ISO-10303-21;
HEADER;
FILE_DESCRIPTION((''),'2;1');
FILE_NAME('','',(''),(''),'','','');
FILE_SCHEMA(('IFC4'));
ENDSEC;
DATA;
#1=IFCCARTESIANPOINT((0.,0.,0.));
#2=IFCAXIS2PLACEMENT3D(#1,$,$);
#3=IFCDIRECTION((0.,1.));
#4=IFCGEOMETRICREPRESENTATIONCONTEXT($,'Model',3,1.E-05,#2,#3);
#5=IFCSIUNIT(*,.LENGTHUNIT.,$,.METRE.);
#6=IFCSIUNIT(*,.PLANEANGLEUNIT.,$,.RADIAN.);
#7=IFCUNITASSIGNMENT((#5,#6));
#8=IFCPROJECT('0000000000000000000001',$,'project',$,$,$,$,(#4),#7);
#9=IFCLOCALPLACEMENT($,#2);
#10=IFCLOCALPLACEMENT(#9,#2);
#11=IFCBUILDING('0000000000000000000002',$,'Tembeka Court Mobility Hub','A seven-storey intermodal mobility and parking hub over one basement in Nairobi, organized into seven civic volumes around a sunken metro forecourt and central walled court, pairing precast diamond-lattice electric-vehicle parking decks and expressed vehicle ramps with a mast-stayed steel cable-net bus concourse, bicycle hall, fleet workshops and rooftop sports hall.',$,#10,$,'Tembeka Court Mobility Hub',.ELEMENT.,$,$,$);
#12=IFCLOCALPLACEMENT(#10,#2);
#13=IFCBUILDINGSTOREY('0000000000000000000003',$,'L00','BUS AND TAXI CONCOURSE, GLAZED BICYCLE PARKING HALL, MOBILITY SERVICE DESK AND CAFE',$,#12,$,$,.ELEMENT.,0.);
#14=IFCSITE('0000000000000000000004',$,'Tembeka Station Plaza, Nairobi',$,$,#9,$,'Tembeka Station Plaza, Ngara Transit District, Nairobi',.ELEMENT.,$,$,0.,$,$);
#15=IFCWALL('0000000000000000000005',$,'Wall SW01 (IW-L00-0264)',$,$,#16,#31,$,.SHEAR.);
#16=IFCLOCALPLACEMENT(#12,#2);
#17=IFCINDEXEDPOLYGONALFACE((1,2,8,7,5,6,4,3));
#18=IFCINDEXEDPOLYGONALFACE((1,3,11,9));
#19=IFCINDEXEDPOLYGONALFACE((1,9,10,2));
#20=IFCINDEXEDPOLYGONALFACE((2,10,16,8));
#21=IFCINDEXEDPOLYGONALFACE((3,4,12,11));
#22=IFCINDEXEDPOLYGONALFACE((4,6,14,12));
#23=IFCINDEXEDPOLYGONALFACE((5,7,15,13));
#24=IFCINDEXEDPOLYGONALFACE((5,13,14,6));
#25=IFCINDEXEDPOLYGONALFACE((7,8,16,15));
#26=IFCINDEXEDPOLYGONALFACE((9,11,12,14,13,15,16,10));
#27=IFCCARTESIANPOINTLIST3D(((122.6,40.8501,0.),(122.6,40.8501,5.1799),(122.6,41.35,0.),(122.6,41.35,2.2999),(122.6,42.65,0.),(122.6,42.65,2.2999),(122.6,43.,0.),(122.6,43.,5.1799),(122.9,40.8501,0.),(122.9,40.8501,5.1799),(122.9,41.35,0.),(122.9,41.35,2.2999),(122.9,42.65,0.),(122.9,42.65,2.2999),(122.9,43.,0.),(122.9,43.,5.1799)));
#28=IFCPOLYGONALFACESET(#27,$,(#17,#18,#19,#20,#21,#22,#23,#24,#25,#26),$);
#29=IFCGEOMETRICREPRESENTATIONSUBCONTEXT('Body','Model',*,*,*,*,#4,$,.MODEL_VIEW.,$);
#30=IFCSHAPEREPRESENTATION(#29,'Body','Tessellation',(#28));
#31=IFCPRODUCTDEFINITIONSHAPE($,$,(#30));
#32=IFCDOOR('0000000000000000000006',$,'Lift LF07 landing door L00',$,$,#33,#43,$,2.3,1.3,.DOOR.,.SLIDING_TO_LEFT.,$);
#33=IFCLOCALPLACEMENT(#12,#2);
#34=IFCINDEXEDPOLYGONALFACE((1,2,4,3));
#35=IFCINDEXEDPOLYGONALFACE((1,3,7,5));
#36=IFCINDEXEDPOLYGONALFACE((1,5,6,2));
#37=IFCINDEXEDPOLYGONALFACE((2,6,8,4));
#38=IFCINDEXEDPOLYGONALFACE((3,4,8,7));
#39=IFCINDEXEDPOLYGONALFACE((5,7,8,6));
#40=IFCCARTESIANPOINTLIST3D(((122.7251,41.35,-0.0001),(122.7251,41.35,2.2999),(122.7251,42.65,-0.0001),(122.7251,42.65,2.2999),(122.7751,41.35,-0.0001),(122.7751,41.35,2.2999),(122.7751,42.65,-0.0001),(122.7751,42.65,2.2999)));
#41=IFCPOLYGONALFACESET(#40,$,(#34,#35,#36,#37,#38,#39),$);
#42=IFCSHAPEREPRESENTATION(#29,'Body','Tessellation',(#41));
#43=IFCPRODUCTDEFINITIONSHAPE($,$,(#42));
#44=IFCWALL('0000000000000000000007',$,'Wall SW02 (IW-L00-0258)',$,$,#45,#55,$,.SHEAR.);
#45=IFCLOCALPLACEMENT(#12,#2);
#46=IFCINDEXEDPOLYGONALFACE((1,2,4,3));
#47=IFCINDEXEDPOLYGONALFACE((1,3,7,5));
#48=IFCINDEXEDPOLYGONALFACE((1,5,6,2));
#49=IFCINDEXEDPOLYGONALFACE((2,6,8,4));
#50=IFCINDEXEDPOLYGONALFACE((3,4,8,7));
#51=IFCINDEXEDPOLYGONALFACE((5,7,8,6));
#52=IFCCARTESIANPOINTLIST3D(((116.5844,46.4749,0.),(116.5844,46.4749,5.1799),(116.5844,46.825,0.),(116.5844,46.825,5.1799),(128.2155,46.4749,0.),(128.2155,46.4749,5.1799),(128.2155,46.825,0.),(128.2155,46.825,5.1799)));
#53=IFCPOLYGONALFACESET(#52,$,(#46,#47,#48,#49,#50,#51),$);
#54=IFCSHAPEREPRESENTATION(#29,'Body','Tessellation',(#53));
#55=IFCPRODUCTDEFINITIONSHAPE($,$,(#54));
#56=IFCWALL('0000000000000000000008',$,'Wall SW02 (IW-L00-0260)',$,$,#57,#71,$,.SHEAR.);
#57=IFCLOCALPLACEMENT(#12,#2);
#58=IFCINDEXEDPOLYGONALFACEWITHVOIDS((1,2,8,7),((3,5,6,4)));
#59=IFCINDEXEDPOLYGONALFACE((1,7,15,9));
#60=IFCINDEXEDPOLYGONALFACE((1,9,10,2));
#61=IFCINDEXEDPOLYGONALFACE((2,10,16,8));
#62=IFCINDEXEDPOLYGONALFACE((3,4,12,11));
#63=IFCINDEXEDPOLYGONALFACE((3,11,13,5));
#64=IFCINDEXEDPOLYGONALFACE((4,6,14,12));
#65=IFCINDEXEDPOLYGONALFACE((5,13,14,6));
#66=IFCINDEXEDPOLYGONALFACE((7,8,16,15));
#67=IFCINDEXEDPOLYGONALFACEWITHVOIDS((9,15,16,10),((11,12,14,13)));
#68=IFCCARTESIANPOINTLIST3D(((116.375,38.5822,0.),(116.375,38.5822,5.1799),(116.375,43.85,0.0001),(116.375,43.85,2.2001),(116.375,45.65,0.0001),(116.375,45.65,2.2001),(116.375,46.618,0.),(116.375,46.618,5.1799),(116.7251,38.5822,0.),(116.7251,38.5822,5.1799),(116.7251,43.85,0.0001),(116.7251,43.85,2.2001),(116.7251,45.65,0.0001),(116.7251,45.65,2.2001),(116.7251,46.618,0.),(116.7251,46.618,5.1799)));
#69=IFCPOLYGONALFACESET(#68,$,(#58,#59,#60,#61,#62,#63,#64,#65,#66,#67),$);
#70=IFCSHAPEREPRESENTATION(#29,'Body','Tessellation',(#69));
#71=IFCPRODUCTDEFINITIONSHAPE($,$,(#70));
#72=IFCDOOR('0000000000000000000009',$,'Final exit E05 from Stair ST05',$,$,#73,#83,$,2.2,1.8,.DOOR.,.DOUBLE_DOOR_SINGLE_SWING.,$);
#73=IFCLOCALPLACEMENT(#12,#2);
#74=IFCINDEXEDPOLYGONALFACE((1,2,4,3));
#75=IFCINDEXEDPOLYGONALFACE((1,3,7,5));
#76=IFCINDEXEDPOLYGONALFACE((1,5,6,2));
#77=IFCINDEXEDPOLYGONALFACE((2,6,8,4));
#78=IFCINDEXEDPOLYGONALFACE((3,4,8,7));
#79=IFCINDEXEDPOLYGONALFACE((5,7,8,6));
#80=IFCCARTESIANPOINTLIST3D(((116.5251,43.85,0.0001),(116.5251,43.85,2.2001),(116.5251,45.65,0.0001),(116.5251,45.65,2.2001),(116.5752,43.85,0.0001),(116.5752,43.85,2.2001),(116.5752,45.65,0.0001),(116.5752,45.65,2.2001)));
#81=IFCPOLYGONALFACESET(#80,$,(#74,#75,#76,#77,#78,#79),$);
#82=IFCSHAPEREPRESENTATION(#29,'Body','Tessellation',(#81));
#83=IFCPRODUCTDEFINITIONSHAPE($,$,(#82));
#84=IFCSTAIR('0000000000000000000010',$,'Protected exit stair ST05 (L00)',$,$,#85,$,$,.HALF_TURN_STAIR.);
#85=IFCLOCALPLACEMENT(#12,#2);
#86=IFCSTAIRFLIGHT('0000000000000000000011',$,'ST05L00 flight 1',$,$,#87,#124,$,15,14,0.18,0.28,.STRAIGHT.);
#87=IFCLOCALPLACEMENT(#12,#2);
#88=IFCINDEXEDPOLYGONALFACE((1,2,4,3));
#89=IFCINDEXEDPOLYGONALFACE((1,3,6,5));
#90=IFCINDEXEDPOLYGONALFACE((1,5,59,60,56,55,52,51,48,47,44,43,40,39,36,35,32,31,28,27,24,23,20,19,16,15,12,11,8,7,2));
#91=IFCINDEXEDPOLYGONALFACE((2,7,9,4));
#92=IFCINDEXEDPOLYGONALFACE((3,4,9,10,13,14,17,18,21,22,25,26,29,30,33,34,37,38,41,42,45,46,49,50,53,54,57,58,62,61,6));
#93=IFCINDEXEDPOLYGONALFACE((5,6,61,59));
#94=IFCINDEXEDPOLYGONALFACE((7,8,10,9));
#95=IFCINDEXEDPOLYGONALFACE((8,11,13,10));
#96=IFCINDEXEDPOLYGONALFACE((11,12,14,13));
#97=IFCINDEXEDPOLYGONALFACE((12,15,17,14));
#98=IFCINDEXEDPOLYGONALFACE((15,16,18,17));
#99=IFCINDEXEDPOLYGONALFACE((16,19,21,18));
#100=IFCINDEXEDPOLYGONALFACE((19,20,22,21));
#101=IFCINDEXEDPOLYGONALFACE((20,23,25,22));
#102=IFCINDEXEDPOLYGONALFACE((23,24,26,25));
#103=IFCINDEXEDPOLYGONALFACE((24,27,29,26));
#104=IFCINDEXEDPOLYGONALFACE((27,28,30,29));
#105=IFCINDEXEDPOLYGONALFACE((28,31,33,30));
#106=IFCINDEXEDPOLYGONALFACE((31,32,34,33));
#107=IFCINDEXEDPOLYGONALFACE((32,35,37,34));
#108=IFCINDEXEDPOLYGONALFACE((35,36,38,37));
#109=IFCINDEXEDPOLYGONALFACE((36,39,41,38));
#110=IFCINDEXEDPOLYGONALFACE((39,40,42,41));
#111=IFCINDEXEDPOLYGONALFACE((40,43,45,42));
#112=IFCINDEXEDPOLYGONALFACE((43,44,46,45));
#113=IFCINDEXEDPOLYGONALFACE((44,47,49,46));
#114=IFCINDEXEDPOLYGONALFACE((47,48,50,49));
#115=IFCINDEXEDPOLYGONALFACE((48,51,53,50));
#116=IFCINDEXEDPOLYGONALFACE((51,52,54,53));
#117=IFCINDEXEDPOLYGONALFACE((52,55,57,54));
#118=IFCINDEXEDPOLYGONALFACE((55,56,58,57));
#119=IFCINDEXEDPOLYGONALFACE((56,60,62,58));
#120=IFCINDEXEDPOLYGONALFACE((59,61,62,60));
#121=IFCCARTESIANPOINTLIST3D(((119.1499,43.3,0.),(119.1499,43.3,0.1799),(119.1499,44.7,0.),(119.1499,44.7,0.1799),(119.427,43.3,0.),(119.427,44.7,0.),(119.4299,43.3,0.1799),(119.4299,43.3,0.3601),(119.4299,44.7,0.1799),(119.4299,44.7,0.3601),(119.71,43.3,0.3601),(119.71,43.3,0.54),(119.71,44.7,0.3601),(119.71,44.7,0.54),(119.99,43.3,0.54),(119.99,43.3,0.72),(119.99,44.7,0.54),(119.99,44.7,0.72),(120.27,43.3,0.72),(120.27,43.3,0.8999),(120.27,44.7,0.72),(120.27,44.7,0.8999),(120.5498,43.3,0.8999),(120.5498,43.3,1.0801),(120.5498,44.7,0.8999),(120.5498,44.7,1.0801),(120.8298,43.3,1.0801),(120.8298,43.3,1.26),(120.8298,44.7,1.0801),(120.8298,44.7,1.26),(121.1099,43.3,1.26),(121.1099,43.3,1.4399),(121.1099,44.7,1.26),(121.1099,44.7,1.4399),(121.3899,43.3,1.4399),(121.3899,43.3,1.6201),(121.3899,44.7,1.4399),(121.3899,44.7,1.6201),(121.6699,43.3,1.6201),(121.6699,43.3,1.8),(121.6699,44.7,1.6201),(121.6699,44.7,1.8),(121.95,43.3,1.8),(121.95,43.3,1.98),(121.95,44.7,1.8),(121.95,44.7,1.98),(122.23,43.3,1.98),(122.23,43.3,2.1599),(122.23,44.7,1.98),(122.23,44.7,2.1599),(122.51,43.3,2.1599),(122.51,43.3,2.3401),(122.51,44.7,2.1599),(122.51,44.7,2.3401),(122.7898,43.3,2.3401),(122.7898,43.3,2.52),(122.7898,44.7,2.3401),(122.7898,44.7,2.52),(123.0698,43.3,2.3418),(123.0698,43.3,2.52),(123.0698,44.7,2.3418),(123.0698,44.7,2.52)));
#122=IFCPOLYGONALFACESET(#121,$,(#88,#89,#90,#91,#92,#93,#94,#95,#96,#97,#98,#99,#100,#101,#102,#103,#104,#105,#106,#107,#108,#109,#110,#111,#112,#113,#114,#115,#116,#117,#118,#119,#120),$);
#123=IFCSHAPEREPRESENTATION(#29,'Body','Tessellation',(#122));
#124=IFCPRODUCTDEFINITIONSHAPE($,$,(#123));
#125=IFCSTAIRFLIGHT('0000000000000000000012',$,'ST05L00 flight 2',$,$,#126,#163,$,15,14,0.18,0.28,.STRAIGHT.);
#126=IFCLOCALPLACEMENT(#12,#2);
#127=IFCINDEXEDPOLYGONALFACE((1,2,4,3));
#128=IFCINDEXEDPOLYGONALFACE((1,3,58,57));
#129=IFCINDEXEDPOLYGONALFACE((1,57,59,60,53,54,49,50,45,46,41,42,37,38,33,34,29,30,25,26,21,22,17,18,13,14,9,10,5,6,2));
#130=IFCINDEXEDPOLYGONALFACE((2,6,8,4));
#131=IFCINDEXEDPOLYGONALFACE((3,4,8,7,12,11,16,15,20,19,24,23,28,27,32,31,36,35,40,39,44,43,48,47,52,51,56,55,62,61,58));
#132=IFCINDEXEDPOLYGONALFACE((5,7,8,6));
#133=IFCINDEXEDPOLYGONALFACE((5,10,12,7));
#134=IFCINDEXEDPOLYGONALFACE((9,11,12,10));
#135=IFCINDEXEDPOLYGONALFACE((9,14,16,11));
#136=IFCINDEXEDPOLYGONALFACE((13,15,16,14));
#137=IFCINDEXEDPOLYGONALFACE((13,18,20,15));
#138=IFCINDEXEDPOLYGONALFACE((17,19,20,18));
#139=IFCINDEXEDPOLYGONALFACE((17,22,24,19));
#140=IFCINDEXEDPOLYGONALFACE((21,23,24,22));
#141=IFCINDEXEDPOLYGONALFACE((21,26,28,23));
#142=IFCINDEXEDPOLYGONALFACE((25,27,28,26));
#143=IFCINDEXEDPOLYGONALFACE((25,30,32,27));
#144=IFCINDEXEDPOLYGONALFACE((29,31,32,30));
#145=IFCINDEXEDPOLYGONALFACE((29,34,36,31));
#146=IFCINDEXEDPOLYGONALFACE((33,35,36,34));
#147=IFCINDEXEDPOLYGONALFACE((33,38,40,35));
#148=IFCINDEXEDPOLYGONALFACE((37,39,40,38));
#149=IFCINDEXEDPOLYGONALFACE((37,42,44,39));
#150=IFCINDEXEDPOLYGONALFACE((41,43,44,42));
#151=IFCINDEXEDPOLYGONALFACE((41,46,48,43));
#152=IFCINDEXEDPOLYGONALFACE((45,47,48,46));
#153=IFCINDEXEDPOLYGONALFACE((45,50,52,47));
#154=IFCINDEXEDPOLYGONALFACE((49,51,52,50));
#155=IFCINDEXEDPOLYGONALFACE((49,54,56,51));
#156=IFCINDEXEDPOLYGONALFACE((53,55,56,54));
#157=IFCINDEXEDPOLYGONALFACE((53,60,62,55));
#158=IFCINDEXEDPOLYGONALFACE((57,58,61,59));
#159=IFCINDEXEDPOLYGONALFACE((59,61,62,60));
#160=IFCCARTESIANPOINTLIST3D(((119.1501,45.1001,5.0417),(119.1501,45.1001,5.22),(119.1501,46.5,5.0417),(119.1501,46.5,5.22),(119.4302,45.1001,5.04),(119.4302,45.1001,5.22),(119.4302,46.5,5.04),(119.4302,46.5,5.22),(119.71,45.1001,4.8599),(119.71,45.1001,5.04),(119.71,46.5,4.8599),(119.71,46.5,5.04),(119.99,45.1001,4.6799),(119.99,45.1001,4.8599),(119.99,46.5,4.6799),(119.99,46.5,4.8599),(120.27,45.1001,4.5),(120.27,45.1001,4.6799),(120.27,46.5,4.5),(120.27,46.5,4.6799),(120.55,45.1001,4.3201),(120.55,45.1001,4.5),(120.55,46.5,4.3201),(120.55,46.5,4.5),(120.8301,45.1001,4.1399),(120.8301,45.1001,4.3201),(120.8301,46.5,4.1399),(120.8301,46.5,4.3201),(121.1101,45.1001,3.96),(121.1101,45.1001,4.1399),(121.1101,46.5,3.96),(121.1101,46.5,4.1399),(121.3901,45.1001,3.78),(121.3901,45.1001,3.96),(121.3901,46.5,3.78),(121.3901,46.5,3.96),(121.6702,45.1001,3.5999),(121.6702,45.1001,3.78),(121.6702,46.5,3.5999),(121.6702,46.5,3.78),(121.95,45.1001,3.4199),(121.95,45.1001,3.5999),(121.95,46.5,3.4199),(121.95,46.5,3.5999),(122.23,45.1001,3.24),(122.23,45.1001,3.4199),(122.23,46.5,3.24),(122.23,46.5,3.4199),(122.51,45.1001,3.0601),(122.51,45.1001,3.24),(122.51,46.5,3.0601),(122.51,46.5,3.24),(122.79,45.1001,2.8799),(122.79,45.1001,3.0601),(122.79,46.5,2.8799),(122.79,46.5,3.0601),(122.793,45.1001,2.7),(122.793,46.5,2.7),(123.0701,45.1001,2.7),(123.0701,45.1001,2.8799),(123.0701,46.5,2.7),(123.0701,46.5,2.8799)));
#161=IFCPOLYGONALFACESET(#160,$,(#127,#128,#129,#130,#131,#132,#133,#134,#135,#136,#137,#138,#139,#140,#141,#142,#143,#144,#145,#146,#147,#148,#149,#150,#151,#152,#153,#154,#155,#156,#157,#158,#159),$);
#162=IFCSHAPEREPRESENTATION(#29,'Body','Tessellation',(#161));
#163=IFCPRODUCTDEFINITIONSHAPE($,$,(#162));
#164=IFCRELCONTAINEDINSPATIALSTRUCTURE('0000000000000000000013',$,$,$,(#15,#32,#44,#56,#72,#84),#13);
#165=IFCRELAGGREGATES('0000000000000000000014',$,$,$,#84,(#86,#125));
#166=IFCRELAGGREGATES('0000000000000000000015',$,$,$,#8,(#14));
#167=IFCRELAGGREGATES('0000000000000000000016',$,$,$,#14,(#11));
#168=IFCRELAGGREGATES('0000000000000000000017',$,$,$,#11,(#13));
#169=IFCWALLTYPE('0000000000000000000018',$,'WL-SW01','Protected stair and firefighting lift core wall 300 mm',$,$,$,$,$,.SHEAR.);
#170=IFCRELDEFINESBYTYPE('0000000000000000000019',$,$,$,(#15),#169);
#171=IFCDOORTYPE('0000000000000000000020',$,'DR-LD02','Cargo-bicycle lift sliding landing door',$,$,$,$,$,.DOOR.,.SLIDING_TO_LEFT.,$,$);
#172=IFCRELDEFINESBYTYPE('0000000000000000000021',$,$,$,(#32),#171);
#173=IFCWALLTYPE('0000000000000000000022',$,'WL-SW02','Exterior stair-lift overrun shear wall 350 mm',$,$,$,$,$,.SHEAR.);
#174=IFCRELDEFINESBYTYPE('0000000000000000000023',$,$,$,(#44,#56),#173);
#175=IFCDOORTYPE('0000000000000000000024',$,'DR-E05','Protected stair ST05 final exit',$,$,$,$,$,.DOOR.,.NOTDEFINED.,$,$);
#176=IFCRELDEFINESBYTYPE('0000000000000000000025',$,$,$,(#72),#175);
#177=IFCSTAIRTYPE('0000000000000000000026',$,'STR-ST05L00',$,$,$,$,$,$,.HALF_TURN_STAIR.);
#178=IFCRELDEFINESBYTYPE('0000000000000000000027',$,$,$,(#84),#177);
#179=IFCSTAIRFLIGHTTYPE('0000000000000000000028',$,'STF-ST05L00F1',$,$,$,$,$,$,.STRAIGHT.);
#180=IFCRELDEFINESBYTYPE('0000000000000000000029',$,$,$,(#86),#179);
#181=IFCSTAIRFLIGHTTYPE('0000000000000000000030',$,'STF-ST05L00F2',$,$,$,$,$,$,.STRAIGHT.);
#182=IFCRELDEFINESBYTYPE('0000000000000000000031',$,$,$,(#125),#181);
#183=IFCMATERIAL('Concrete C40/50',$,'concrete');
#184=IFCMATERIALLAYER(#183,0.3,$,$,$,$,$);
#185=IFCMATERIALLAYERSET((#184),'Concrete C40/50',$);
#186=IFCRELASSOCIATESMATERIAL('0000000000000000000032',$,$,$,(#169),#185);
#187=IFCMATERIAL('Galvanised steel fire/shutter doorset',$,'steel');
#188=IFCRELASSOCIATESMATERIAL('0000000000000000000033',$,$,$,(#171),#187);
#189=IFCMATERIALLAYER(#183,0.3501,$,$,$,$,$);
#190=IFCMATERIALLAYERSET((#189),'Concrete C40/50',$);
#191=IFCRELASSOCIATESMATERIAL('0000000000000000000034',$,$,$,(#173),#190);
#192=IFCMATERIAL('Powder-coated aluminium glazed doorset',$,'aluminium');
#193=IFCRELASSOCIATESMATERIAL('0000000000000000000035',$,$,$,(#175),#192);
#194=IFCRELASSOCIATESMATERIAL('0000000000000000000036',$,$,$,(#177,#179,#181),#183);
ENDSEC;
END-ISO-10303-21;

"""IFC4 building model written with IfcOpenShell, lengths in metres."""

from ifc_helpers import new_model, si_unit, direction, frame, frame_2d, origin, place, context, subcontext, project, spatial, polyline, rectangle, outline, extrude, material, layer, layer_set, type_object, element, fill, aggregate, save


model = new_model("IFC4")

# Units and contexts
model_context = context("Model", 3, precision=1e-05, world=origin(), true_north=direction((0.0, 1.0)))
body_context = subcontext(model_context, "Body", "Model", "MODEL_VIEW")
ifc_project = project(units=[si_unit("LENGTHUNIT", "METRE"), si_unit("PLANEANGLEUNIT", "RADIAN")], contexts=[model_context])

# Site, building, storey
site_placement = place(None, origin())
site = spatial("IfcSite", under=ifc_project, at=site_placement, Name="Tembeka Station Plaza, Nairobi", LongName="Tembeka Station Plaza, Ngara Transit District, Nairobi", CompositionType="ELEMENT", RefElevation=0.0)
building_placement = place(site_placement, origin())
building = spatial("IfcBuilding", under=site, at=building_placement, Name="Tembeka Court Mobility Hub", Description="A seven-storey intermodal mobility and parking hub over one basement in Nairobi, organized into seven civic volumes around a sunken metro forecourt and central walled court, pairing precast diamond-lattice electric-vehicle parking decks and expressed vehicle ramps with a mast-stayed steel cable-net bus concourse, bicycle hall, fleet workshops and rooftop sports hall.", LongName="Tembeka Court Mobility Hub", CompositionType="ELEMENT")
storey_placement = place(building_placement, origin())
storey = spatial("IfcBuildingStorey", under=building, at=storey_placement, Name="L00", Description="BUS AND TAXI CONCOURSE, GLAZED BICYCLE PARKING HALL, MOBILITY SERVICE DESK AND CAFE", CompositionType="ELEMENT", Elevation=0.0)

# Shared definitions
ifc_material_1 = material(Name="Concrete C40/50", Category="concrete")

# Wall, opening, door
ifc_layer_1 = layer(ifc_material_1, 0.3)
ifc_layer_set_1 = layer_set([ifc_layer_1], Name="Concrete C40/50")
wall_type_1 = type_object("IfcWallType", Name="WL-SW01", Description="Protected stair and firefighting lift core wall 300 mm", PredefinedType="SHEAR", material=ifc_layer_set_1)
ifc_material_2 = material(Name="Galvanised steel fire/shutter doorset", Category="steel")
wall_1_placement = place(storey_placement, frame((122.75, 40.8501, 0.0), z_axis=(0.0, 0.0, 1.0), x_axis=(0.0, 1.0, 0.0)))
wall_1 = element("IfcWall", 1, at=wall_1_placement, inside=storey, type_object=wall_type_1, Name="Wall SW01 (IW-L00-0264)", PredefinedType="SHEAR", context=body_context, shape_type="SweptSolid", body=[
    extrude(rectangle(XDim=2.1499, YDim=0.3, at=frame_2d((1.075, 0.0))), origin(), (0.0, 0.0, 1.0), 5.1799),
])
opening_1_placement = place(wall_1_placement, frame((0.5, 0.0, 0.0)))
opening_1 = element("IfcOpeningElement", 2, at=opening_1_placement, cuts=wall_1, PredefinedType="OPENING", context=body_context, shape_type="SweptSolid", body=[
    extrude(rectangle(XDim=1.3, YDim=2.3, at=frame_2d((0.6499, 1.1499))), frame((0.0, 0.1602, 0.0), z_axis=(0.0, -1.0, 0.0), x_axis=(1.0, 0.0, 0.0)), (0.0, 0.0, 1.0), 0.3201),
])
door_type_1 = type_object("IfcDoorType", Name="DR-LD02", Description="Cargo-bicycle lift sliding landing door", OperationType="SLIDING_TO_LEFT", PredefinedType="DOOR", material=ifc_material_2)
door_1_placement = place(opening_1_placement, origin())
door_1 = element("IfcDoor", 3, at=door_1_placement, inside=storey, type_object=door_type_1, Name="Lift LF07 landing door L00", OperationType="SLIDING_TO_LEFT", OverallHeight=2.3, OverallWidth=1.3, PredefinedType="DOOR", context=body_context, shape_type="SweptSolid", body=[
    extrude(rectangle(XDim=1.3, YDim=2.3, at=frame_2d((0.6499, 1.1499))), frame((0.0, 0.0249, 0.0), z_axis=(0.0, -1.0, 0.0), x_axis=(1.0, 0.0, 0.0)), (0.0, 0.0, 1.0), 0.05),
])
fill(opening_1, door_1)

# Wall
ifc_layer_2 = layer(ifc_material_1, 0.3501)
ifc_layer_set_2 = layer_set([ifc_layer_2], Name="Concrete C40/50")
wall_type_2 = type_object("IfcWallType", Name="WL-SW02", Description="Exterior stair-lift overrun shear wall 350 mm", PredefinedType="SHEAR", material=ifc_layer_set_2)
wall_2_placement = place(storey_placement, frame((116.5845, 46.6499, 0.0), z_axis=(0.0, 0.0, 1.0), x_axis=(1.0, 0.0, 0.0)))
element("IfcWall", 4, at=wall_2_placement, inside=storey, type_object=wall_type_2, Name="Wall SW02 (IW-L00-0258)", PredefinedType="SHEAR", context=body_context, shape_type="SweptSolid", body=[
    extrude(rectangle(XDim=11.6311, YDim=0.3501, at=frame_2d((5.8154, 0.0))), origin(), (0.0, 0.0, 1.0), 5.1799),
])

# Wall, opening, door
wall_3_placement = place(storey_placement, frame((116.55, 38.582, 0.0), z_axis=(0.0, 0.0, 1.0), x_axis=(0.0, 1.0, 0.0)))
wall_3 = element("IfcWall", 5, at=wall_3_placement, inside=storey, type_object=wall_type_2, Name="Wall SW02 (IW-L00-0260)", PredefinedType="SHEAR", context=body_context, shape_type="SweptSolid", body=[
    extrude(rectangle(XDim=8.0359, YDim=0.3501, at=frame_2d((4.0181, 0.0))), origin(), (0.0, 0.0, 1.0), 5.1799),
])
opening_2_placement = place(wall_3_placement, frame((5.2681, 0.0, 0.0)))
opening_2 = element("IfcOpeningElement", 6, at=opening_2_placement, cuts=wall_3, PredefinedType="OPENING", context=body_context, shape_type="SweptSolid", body=[
    extrude(rectangle(XDim=1.8, YDim=2.2, at=frame_2d((0.8999, 1.1001))), frame((0.0, 0.1851, 0.0), z_axis=(0.0, -1.0, 0.0), x_axis=(1.0, 0.0, 0.0)), (0.0, 0.0, 1.0), 0.3701),
])
ifc_material_3 = material(Name="Powder-coated aluminium glazed doorset", Category="aluminium")
door_type_2 = type_object("IfcDoorType", Name="DR-E05", Description="Protected stair ST05 final exit", OperationType="NOTDEFINED", PredefinedType="DOOR", material=ifc_material_3)
door_2_placement = place(opening_2_placement, origin())
door_2 = element("IfcDoor", 7, at=door_2_placement, inside=storey, type_object=door_type_2, Name="Final exit E05 from Stair ST05", OperationType="DOUBLE_DOOR_SINGLE_SWING", OverallHeight=2.2, OverallWidth=1.8, PredefinedType="DOOR", context=body_context, shape_type="SweptSolid", body=[
    extrude(rectangle(XDim=1.8, YDim=2.2, at=frame_2d((0.8999, 1.1001))), frame((0.0, 0.0249, 0.0), z_axis=(0.0, -1.0, 0.0), x_axis=(1.0, 0.0, 0.0)), (0.0, 0.0, 1.0), 0.05),
])
fill(opening_2, door_2)

# Stair, stair flights
stair_type = type_object("IfcStairType", Name="STR-ST05L00", PredefinedType="HALF_TURN_STAIR", material=ifc_material_1)
stair_placement = place(storey_placement, origin())
stair = element("IfcStair", 8, at=stair_placement, inside=storey, type_object=stair_type, Name="Protected exit stair ST05 (L00)", PredefinedType="HALF_TURN_STAIR")
stair_flight_type_1 = type_object("IfcStairFlightType", Name="STF-ST05L00F1", PredefinedType="STRAIGHT", material=ifc_material_1)
stair_flight_1_placement = place(storey_placement, frame((119.1499, 44.0, 0.0), z_axis=(0.0, 0.0, 1.0), x_axis=(1.0, 0.0, 0.0)))
stair_flight_1 = element("IfcStairFlight", 9, at=stair_flight_1_placement, type_object=stair_flight_type_1, Name="ST05L00 flight 1", NumberOfRisers=15, NumberOfTreads=14, PredefinedType="STRAIGHT", RiserHeight=0.18, TreadLength=0.28, context=body_context, shape_type="SweptSolid", body=[
    extrude(outline(polyline([(0.0, 0.0), (0.0, 0.1799), (0.28, 0.1799), (0.28, 0.3601), (0.5601, 0.3601), (0.5601, 0.54), (0.8401, 0.54), (0.8401, 0.72), (1.1201, 0.72), (1.1201, 0.8999), (1.3999, 0.8999), (1.3999, 1.0801), (1.6799, 1.0801), (1.6799, 1.26), (1.96, 1.26), (1.96, 1.4399), (2.24, 1.4399), (2.24, 1.6201), (2.52, 1.6201), (2.52, 1.8), (2.8, 1.8), (2.8, 1.98), (3.0801, 1.98), (3.0801, 2.1599), (3.3601, 2.1599), (3.3601, 2.3401), (3.6399, 2.3401), (3.6399, 2.52), (3.9199, 2.52), (3.9199, 2.7), (3.9199, 2.3418), (0.2771, 0.0), (0.0, 0.0)])), frame((0.0, 0.7, 0.0), z_axis=(0.0, -1.0, 0.0), x_axis=(1.0, 0.0, 0.0)), (0.0, 0.0, 1.0), 1.3999),
])
stair_flight_type_2 = type_object("IfcStairFlightType", Name="STF-ST05L00F2", PredefinedType="STRAIGHT", material=ifc_material_1)
stair_flight_2_placement = place(storey_placement, frame((123.0701, 45.8, 2.7), z_axis=(0.0, 0.0, 1.0), x_axis=(-1.0, 0.0, 0.0)))
stair_flight_2 = element("IfcStairFlight", 10, at=stair_flight_2_placement, type_object=stair_flight_type_2, Name="ST05L00 flight 2", NumberOfRisers=15, NumberOfTreads=14, PredefinedType="STRAIGHT", RiserHeight=0.18, TreadLength=0.28, context=body_context, shape_type="SweptSolid", body=[
    extrude(outline(polyline([(0.0, 0.0), (0.0, 0.1799), (0.28, 0.1799), (0.28, 0.3601), (0.5601, 0.3601), (0.5601, 0.54), (0.8401, 0.54), (0.8401, 0.72), (1.1201, 0.72), (1.1201, 0.8999), (1.3999, 0.8999), (1.3999, 1.0801), (1.6799, 1.0801), (1.6799, 1.26), (1.96, 1.26), (1.96, 1.4399), (2.24, 1.4399), (2.24, 1.6201), (2.52, 1.6201), (2.52, 1.8), (2.8, 1.8), (2.8, 1.98), (3.0801, 1.98), (3.0801, 2.1599), (3.3601, 2.1599), (3.3601, 2.3401), (3.6399, 2.3401), (3.6399, 2.52), (3.9199, 2.52), (3.9199, 2.7), (3.9199, 2.3418), (0.2771, 0.0), (0.0, 0.0)])), frame((0.0, 0.7, 0.0), z_axis=(0.0, -1.0, 0.0), x_axis=(1.0, 0.0, 0.0)), (0.0, 0.0, 1.0), 1.3999),
])
aggregate(stair, [stair_flight_1, stair_flight_2])

save(model, "model.ifc")
